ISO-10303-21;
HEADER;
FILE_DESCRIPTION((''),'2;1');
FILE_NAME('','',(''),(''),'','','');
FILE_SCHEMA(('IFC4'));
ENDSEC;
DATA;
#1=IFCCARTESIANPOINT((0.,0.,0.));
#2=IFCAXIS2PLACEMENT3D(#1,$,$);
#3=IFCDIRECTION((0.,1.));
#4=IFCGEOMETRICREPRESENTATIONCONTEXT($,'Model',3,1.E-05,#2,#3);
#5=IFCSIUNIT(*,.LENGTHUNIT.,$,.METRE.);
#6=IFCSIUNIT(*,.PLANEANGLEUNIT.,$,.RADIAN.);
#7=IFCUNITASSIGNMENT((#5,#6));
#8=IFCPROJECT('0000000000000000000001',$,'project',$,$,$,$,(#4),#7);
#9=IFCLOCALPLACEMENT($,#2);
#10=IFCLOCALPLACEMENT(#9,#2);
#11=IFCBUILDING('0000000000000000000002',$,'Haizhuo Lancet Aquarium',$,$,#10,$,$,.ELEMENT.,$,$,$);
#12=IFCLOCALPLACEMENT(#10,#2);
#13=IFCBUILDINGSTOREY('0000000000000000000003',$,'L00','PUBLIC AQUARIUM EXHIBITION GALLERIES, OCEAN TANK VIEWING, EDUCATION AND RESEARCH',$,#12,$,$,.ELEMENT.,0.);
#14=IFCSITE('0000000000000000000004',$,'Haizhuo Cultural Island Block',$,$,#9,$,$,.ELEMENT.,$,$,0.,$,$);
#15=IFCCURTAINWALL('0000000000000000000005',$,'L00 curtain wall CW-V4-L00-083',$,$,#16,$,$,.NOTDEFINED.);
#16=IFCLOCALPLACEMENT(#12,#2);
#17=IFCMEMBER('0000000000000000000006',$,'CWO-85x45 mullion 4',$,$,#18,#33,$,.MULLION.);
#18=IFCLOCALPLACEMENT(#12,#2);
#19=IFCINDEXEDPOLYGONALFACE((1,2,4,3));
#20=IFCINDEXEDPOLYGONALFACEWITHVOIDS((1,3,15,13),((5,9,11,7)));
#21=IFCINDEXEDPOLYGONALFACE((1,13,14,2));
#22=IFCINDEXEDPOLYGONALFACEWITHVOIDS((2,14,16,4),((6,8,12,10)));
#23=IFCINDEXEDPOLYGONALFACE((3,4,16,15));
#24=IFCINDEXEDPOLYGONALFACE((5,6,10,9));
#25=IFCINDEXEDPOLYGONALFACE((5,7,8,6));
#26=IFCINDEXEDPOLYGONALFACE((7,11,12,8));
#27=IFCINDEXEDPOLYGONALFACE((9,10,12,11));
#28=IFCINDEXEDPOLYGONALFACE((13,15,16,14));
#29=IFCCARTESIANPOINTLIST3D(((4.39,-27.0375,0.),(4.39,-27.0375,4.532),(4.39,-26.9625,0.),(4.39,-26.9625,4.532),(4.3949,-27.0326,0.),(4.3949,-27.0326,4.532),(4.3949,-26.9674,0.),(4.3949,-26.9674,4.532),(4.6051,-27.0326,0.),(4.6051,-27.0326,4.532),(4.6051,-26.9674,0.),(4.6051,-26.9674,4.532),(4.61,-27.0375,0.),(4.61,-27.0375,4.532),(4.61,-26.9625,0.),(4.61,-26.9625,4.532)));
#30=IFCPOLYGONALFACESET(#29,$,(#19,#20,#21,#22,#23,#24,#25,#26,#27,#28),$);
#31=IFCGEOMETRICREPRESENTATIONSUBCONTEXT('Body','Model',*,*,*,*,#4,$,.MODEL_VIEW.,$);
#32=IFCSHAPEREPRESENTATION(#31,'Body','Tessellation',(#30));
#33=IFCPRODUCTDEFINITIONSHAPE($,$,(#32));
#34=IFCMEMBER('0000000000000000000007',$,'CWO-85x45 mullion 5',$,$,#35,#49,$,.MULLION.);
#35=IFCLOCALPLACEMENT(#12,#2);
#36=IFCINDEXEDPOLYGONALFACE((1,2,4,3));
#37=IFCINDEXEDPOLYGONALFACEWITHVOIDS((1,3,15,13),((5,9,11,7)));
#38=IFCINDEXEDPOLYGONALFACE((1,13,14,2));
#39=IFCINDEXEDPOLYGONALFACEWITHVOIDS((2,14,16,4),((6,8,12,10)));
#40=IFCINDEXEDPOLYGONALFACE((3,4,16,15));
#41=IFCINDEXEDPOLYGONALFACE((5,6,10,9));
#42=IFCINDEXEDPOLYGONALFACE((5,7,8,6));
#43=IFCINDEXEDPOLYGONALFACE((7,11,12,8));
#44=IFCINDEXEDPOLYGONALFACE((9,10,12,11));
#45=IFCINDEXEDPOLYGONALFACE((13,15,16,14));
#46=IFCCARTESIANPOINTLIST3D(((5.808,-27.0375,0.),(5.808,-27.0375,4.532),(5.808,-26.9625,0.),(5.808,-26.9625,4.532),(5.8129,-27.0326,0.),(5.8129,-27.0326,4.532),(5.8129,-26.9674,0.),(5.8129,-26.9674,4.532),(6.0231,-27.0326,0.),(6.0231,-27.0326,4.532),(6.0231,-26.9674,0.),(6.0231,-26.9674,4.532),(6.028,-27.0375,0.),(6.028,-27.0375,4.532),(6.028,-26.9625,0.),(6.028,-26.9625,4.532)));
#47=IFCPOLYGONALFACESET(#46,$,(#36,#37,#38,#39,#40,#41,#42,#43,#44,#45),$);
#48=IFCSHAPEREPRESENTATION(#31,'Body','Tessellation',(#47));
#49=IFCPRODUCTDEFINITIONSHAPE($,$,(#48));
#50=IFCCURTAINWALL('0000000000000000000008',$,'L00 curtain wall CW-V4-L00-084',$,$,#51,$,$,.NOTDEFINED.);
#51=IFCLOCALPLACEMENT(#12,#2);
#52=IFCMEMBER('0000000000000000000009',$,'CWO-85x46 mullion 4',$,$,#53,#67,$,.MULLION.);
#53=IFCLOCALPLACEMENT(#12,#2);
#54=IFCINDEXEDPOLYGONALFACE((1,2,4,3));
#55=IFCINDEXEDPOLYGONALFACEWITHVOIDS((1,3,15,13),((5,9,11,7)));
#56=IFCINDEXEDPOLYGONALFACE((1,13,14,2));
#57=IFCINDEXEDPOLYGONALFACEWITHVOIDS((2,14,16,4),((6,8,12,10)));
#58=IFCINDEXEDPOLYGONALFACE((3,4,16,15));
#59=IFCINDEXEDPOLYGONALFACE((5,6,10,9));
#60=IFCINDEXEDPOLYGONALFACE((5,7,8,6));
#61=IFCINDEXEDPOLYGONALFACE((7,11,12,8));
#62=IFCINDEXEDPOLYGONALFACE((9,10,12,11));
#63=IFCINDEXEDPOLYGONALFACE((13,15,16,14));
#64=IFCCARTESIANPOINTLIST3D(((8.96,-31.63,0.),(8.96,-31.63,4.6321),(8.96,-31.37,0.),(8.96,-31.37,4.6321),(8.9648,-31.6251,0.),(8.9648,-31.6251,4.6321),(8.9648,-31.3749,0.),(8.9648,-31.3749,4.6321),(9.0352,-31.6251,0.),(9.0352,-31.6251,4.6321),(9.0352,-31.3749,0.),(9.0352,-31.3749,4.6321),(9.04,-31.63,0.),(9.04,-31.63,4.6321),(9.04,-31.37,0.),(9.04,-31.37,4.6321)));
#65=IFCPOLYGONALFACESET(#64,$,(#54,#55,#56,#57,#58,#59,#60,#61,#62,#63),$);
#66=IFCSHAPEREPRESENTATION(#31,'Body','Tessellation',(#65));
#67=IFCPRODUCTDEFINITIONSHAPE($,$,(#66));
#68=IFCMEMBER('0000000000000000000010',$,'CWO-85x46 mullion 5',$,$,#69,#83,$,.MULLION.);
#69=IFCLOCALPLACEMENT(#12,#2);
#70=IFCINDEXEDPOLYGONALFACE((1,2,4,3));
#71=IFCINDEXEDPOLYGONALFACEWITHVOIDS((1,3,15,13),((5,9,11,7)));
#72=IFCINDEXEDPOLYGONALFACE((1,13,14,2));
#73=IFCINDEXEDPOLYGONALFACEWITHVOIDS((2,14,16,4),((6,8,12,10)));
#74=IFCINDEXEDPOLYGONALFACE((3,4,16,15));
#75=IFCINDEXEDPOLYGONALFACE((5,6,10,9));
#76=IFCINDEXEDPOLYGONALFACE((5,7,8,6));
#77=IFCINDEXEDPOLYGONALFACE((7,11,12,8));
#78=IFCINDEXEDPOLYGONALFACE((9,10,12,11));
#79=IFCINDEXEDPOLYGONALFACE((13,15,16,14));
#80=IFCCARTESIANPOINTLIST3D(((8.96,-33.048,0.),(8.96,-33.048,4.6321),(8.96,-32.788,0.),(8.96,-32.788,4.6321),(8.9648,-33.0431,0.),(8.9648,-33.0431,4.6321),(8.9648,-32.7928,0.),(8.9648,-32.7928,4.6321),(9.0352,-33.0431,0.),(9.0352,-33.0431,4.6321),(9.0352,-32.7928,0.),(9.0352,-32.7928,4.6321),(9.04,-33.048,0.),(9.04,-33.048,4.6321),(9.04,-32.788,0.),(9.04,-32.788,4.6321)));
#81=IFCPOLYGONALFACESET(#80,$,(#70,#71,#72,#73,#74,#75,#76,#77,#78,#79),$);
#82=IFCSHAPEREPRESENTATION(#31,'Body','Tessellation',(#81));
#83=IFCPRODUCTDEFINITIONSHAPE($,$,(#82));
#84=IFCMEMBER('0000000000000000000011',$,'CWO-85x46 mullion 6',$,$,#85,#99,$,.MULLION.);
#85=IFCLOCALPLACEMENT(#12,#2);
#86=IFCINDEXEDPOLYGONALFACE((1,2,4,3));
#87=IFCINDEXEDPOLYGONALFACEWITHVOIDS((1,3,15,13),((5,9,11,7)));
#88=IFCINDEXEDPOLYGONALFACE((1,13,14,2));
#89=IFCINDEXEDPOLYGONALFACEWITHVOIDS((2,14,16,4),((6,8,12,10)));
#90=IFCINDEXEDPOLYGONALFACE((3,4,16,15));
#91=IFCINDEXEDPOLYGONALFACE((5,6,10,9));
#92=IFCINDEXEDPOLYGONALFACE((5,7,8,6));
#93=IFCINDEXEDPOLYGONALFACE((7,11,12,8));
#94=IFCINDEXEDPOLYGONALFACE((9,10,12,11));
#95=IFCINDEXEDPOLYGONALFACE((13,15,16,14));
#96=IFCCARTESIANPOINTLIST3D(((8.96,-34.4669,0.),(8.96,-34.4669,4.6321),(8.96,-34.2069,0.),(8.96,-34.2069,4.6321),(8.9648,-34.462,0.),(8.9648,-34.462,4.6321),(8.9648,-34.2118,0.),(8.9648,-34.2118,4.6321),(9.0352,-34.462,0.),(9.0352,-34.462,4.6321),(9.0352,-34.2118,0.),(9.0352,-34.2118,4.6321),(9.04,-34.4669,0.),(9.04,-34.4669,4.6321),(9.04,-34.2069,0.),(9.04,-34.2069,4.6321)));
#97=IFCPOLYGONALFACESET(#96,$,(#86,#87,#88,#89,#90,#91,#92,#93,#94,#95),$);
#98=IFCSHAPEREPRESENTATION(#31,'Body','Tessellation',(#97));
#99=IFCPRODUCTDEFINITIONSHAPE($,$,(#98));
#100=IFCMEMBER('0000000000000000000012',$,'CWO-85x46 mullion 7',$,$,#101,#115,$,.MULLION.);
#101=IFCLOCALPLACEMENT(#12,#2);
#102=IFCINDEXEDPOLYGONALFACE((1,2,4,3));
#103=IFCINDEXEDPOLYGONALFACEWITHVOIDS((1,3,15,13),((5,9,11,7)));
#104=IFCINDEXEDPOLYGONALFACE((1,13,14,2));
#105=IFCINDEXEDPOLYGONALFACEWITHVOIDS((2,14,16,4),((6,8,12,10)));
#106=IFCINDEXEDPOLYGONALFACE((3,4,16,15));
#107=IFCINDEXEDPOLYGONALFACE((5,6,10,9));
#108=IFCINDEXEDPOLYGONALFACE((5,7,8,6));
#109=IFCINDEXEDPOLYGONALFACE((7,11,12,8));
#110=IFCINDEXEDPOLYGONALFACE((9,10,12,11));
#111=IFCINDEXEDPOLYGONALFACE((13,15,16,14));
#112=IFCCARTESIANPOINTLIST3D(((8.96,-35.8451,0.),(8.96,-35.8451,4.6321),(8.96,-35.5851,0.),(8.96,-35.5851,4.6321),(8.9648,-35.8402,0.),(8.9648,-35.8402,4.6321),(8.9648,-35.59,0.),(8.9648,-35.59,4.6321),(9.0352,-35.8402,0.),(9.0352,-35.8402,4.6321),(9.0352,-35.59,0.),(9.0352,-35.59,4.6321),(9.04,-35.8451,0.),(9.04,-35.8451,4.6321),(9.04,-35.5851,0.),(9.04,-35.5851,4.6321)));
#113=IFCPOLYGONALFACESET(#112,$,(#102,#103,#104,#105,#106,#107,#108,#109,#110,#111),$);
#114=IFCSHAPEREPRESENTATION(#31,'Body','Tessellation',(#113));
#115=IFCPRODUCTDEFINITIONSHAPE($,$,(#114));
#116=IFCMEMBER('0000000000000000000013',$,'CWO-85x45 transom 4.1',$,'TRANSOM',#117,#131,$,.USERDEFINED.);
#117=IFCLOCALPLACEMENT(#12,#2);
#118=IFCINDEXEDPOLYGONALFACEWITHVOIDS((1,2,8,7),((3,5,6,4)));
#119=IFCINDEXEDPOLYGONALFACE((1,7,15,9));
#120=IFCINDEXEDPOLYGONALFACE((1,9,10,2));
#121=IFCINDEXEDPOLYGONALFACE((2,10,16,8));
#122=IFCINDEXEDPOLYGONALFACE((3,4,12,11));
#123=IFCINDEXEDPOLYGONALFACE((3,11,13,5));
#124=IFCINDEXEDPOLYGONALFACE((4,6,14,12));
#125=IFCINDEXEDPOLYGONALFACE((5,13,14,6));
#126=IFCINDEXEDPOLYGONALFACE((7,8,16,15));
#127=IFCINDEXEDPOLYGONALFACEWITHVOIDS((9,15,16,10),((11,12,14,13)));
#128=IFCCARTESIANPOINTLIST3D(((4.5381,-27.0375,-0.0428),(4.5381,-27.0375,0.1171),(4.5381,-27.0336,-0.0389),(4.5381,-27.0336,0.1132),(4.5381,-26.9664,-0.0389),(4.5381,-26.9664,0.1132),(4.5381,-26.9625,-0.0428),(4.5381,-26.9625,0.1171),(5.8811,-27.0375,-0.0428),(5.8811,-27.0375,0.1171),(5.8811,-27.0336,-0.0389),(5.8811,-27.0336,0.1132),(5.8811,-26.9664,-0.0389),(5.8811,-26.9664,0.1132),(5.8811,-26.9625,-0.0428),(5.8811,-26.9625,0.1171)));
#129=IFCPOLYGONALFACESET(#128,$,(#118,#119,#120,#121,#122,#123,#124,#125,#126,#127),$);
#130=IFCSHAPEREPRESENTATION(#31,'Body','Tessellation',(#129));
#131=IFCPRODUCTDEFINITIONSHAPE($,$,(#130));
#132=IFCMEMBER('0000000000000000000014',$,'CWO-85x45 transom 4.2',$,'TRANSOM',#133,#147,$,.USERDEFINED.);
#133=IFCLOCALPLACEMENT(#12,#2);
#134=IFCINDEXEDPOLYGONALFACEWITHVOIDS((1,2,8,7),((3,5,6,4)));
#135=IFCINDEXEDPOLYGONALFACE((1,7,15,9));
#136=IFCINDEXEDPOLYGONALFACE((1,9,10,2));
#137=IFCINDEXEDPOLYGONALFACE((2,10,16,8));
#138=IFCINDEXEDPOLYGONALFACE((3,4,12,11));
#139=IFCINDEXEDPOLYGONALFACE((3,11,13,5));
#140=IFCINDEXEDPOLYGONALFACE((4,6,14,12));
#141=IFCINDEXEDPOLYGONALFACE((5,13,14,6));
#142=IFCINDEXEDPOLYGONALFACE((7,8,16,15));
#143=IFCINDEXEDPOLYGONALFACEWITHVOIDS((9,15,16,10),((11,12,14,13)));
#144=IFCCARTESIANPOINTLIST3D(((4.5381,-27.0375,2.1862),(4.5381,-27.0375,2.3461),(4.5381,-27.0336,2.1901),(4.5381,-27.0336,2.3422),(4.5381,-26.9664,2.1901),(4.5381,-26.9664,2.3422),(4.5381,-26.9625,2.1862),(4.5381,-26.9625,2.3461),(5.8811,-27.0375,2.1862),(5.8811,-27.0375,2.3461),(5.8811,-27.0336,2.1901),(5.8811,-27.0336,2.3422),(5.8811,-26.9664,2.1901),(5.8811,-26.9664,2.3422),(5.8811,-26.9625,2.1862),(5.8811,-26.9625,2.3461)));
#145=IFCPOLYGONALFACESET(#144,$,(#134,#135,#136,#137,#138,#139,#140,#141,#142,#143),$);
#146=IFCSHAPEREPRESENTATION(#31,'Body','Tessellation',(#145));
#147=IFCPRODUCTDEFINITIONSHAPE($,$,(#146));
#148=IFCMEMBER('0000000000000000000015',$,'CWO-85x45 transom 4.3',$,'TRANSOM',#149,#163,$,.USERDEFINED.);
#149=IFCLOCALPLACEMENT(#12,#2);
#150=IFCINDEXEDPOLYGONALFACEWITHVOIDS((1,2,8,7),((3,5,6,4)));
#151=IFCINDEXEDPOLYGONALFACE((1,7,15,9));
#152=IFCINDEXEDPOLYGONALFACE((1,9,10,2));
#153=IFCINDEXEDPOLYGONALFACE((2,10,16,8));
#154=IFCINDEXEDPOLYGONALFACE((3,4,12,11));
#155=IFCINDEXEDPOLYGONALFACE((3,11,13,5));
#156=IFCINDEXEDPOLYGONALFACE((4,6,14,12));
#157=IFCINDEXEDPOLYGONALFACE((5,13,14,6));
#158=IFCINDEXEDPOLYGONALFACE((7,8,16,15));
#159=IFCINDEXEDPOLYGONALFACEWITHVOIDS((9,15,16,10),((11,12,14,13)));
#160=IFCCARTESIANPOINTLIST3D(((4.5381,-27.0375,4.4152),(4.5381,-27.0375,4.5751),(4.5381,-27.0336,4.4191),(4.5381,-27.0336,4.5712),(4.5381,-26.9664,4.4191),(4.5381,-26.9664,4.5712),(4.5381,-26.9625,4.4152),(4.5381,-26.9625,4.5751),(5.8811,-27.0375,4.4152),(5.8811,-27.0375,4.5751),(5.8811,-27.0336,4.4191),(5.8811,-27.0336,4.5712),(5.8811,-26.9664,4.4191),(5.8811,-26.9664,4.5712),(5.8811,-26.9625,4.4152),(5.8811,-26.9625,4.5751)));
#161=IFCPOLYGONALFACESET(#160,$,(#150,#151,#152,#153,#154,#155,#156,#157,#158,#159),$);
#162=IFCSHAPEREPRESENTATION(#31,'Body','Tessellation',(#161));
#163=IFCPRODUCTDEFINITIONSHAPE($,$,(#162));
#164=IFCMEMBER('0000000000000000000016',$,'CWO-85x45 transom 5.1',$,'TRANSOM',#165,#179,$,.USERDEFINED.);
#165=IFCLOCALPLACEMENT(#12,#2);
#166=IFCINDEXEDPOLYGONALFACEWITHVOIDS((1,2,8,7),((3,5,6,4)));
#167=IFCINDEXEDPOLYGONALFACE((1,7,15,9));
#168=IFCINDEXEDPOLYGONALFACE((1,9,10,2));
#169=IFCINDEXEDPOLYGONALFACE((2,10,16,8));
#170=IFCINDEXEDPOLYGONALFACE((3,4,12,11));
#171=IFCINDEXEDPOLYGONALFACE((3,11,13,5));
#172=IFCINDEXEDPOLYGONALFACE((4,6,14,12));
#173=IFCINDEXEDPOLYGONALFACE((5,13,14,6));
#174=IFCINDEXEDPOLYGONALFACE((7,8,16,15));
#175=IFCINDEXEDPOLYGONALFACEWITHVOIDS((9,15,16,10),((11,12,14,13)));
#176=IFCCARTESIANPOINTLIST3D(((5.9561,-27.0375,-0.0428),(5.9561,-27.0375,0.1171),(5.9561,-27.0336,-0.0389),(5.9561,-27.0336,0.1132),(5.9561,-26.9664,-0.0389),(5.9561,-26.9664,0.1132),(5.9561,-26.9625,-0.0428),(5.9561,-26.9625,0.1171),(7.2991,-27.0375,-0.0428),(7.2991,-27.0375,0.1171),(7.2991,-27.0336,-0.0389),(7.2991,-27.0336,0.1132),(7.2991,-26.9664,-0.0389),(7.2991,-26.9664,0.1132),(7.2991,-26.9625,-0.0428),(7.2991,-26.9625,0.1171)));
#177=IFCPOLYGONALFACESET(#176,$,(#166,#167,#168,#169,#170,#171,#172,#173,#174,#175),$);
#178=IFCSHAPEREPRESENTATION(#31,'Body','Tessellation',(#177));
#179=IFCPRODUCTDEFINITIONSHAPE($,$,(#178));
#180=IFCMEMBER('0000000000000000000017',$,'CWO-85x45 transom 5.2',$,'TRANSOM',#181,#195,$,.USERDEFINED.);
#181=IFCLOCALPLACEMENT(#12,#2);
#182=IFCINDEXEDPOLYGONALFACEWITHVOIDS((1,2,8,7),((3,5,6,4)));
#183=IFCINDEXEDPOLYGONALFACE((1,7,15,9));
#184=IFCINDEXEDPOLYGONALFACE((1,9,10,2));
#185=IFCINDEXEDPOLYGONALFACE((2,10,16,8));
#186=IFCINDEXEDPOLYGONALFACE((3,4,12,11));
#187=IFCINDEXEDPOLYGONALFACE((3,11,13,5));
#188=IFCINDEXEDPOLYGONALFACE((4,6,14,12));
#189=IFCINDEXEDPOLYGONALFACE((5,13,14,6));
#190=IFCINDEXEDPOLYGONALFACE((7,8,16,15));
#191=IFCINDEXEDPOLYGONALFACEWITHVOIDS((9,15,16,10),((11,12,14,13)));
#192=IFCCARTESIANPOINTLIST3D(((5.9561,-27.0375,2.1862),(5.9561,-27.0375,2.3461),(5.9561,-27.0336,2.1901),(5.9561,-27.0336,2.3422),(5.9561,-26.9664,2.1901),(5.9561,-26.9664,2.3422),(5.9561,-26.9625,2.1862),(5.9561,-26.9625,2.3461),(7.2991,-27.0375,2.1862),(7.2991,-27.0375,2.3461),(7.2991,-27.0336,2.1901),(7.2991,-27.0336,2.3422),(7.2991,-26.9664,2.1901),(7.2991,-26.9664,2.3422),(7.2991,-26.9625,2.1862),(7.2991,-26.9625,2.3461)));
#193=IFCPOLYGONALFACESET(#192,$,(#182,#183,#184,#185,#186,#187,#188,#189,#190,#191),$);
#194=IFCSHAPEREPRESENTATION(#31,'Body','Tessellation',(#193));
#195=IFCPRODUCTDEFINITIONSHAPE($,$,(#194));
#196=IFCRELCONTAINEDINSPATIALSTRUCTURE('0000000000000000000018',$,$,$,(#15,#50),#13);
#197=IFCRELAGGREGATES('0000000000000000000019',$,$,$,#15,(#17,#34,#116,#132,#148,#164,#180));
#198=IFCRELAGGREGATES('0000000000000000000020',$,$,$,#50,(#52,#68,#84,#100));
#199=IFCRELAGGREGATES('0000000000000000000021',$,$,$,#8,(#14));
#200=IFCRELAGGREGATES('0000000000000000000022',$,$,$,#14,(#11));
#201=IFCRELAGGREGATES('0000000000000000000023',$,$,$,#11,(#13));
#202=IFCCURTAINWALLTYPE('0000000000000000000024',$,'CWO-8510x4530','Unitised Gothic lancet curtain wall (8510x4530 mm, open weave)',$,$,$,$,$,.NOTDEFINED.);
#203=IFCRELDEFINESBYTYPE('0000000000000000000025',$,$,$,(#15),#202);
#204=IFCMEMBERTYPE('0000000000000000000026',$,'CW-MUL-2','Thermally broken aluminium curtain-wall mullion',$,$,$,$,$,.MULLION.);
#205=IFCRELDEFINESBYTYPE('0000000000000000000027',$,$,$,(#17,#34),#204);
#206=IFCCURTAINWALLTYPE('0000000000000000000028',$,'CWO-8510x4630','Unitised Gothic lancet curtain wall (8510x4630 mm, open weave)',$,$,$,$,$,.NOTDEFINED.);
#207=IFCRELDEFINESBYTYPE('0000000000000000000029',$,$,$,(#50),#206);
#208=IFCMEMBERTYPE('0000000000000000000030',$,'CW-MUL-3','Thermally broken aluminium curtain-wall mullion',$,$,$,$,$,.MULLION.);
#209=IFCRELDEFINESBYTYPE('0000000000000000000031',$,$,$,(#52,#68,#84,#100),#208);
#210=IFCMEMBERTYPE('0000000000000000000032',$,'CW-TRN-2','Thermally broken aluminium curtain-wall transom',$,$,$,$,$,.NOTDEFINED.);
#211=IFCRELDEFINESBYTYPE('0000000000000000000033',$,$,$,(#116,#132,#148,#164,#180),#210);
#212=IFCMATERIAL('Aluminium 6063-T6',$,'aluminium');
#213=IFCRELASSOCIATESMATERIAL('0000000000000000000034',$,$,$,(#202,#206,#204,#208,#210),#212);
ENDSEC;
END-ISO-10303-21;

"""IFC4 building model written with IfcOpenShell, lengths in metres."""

from ifc_helpers import new_model, si_unit, direction, frame, origin, origin_2d, place, context, subcontext, project, spatial, hollow_rectangle, extrude, material, material_profile, profile_set, type_object, element, aggregate, save


model = new_model("IFC4")

# Units and contexts
model_context = context("Model", 3, precision=1e-05, world=origin(), true_north=direction((0.0, 1.0)))
body_context = subcontext(model_context, "Body", "Model", "MODEL_VIEW")
ifc_project = project(units=[si_unit("LENGTHUNIT", "METRE"), si_unit("PLANEANGLEUNIT", "RADIAN")], contexts=[model_context])

# Site, building, storey
site_placement = place(None, origin())
site = spatial("IfcSite", under=ifc_project, at=site_placement, Name="Haizhuo Cultural Island Block", CompositionType="ELEMENT", RefElevation=0.0)
building_placement = place(site_placement, origin())
building = spatial("IfcBuilding", under=site, at=building_placement, Name="Haizhuo Lancet Aquarium", CompositionType="ELEMENT")
storey_placement = place(building_placement, origin())
storey = spatial("IfcBuildingStorey", under=building, at=storey_placement, Name="L00", Description="PUBLIC AQUARIUM EXHIBITION GALLERIES, OCEAN TANK VIEWING, EDUCATION AND RESEARCH", CompositionType="ELEMENT", Elevation=0.0)

# Curtain walls, members
ifc_material_1 = material(Name="Aluminium 6063-T6", Category="aluminium")
curtain_wall_type_1 = type_object("IfcCurtainWallType", Name="CWO-8510x4530", Description="Unitised Gothic lancet curtain wall (8510x4530 mm, open weave)", PredefinedType="NOTDEFINED", material=ifc_material_1)
curtain_wall_1_placement = place(storey_placement, origin())
curtain_wall_1 = element("IfcCurtainWall", 1, at=curtain_wall_1_placement, inside=storey, type_object=curtain_wall_type_1, Name="L00 curtain wall CW-V4-L00-083", PredefinedType="NOTDEFINED")
ifc_material_profile_1 = material_profile(ifc_material_1, hollow_rectangle(XDim=0.075, YDim=0.22, WallThickness=0.0049, at=origin_2d()), Name="ALU-M 75x220x5")
ifc_profile_set_1 = profile_set([ifc_material_profile_1], Name="Aluminium 6063-T6")
member_type_1 = type_object("IfcMemberType", Name="CW-MUL-2", Description="Thermally broken aluminium curtain-wall mullion", PredefinedType="MULLION", material=ifc_profile_set_1)
member_1_placement = place(storey_placement, frame((4.5, -27.0, 0.0), z_axis=(0.0, 0.0, 1.0), x_axis=(0.0, 1.0, 0.0)))
member_1 = element("IfcMember", 2, at=member_1_placement, type_object=member_type_1, Name="CWO-85x45 mullion 4", PredefinedType="MULLION", context=body_context, shape_type="SweptSolid", body=[
    extrude(hollow_rectangle(XDim=0.075, YDim=0.22, WallThickness=0.0049, at=origin_2d()), origin(), (0.0, 0.0, 1.0), 4.532),
])
member_2_placement = place(storey_placement, frame((5.918, -27.0, 0.0), z_axis=(0.0, 0.0, 1.0), x_axis=(0.0, 1.0, 0.0)))
member_2 = element("IfcMember", 3, at=member_2_placement, type_object=member_type_1, Name="CWO-85x45 mullion 5", PredefinedType="MULLION", context=body_context, shape_type="SweptSolid", body=[
    extrude(hollow_rectangle(XDim=0.075, YDim=0.22, WallThickness=0.0049, at=origin_2d()), origin(), (0.0, 0.0, 1.0), 4.532),
])
curtain_wall_type_2 = type_object("IfcCurtainWallType", Name="CWO-8510x4630", Description="Unitised Gothic lancet curtain wall (8510x4630 mm, open weave)", PredefinedType="NOTDEFINED", material=ifc_material_1)
curtain_wall_2_placement = place(storey_placement, origin())
curtain_wall_2 = element("IfcCurtainWall", 4, at=curtain_wall_2_placement, inside=storey, type_object=curtain_wall_type_2, Name="L00 curtain wall CW-V4-L00-084", PredefinedType="NOTDEFINED")
ifc_material_profile_2 = material_profile(ifc_material_1, hollow_rectangle(XDim=0.0801, YDim=0.26, WallThickness=0.0049, at=origin_2d()), Name="ALU-M 80x260x5")
ifc_profile_set_2 = profile_set([ifc_material_profile_2], Name="Aluminium 6063-T6")
member_type_2 = type_object("IfcMemberType", Name="CW-MUL-3", Description="Thermally broken aluminium curtain-wall mullion", PredefinedType="MULLION", material=ifc_profile_set_2)
member_3_placement = place(storey_placement, frame((9.0, -31.5, 0.0), z_axis=(0.0, 0.0, 1.0), x_axis=(1.0, 0.0, 0.0)))
member_3 = element("IfcMember", 5, at=member_3_placement, type_object=member_type_2, Name="CWO-85x46 mullion 4", PredefinedType="MULLION", context=body_context, shape_type="SweptSolid", body=[
    extrude(hollow_rectangle(XDim=0.0801, YDim=0.26, WallThickness=0.0049, at=origin_2d()), origin(), (0.0, 0.0, 1.0), 4.6321),
])
member_4_placement = place(storey_placement, frame((9.0, -32.918, 0.0), z_axis=(0.0, 0.0, 1.0), x_axis=(1.0, 0.0, 0.0)))
member_4 = element("IfcMember", 6, at=member_4_placement, type_object=member_type_2, Name="CWO-85x46 mullion 5", PredefinedType="MULLION", context=body_context, shape_type="SweptSolid", body=[
    extrude(hollow_rectangle(XDim=0.0801, YDim=0.26, WallThickness=0.0049, at=origin_2d()), origin(), (0.0, 0.0, 1.0), 4.6321),
])
member_5_placement = place(storey_placement, frame((9.0, -34.3369, 0.0), z_axis=(0.0, 0.0, 1.0), x_axis=(1.0, 0.0, 0.0)))
member_5 = element("IfcMember", 7, at=member_5_placement, type_object=member_type_2, Name="CWO-85x46 mullion 6", PredefinedType="MULLION", context=body_context, shape_type="SweptSolid", body=[
    extrude(hollow_rectangle(XDim=0.0801, YDim=0.26, WallThickness=0.0049, at=origin_2d()), origin(), (0.0, 0.0, 1.0), 4.6321),
])
member_6_placement = place(storey_placement, frame((9.0, -35.7151, 0.0), z_axis=(0.0, 0.0, 1.0), x_axis=(1.0, 0.0, 0.0)))
member_6 = element("IfcMember", 8, at=member_6_placement, type_object=member_type_2, Name="CWO-85x46 mullion 7", PredefinedType="MULLION", context=body_context, shape_type="SweptSolid", body=[
    extrude(hollow_rectangle(XDim=0.0801, YDim=0.26, WallThickness=0.0049, at=origin_2d()), origin(), (0.0, 0.0, 1.0), 4.6321),
])

# Members
ifc_material_profile_3 = material_profile(ifc_material_1, hollow_rectangle(XDim=0.075, YDim=0.1599, WallThickness=0.0039, at=origin_2d()), Name="ALU-T 75x160x4")
ifc_profile_set_3 = profile_set([ifc_material_profile_3], Name="Aluminium 6063-T6")
member_type_3 = type_object("IfcMemberType", Name="CW-TRN-2", Description="Thermally broken aluminium curtain-wall transom", PredefinedType="NOTDEFINED", material=ifc_profile_set_3)
member_7_placement = place(storey_placement, frame((4.5381, -27.0, 0.0371), z_axis=(1.0, 0.0, 0.0), x_axis=(0.0, 1.0, 0.0)))
member_7 = element("IfcMember", 9, at=member_7_placement, type_object=member_type_3, Name="CWO-85x45 transom 4.1", ObjectType="TRANSOM", PredefinedType="USERDEFINED", context=body_context, shape_type="SweptSolid", body=[
    extrude(hollow_rectangle(XDim=0.075, YDim=0.1599, WallThickness=0.0039, at=origin_2d()), origin(), (0.0, 0.0, 1.0), 1.343),
])
member_8_placement = place(storey_placement, frame((4.5381, -27.0, 2.2661), z_axis=(1.0, 0.0, 0.0), x_axis=(0.0, 1.0, 0.0)))
member_8 = element("IfcMember", 10, at=member_8_placement, type_object=member_type_3, Name="CWO-85x45 transom 4.2", ObjectType="TRANSOM", PredefinedType="USERDEFINED", context=body_context, shape_type="SweptSolid", body=[
    extrude(hollow_rectangle(XDim=0.075, YDim=0.1599, WallThickness=0.0039, at=origin_2d()), origin(), (0.0, 0.0, 1.0), 1.343),
])
member_9_placement = place(storey_placement, frame((4.5381, -27.0, 4.4951), z_axis=(1.0, 0.0, 0.0), x_axis=(0.0, 1.0, 0.0)))
member_9 = element("IfcMember", 11, at=member_9_placement, type_object=member_type_3, Name="CWO-85x45 transom 4.3", ObjectType="TRANSOM", PredefinedType="USERDEFINED", context=body_context, shape_type="SweptSolid", body=[
    extrude(hollow_rectangle(XDim=0.075, YDim=0.1599, WallThickness=0.0039, at=origin_2d()), origin(), (0.0, 0.0, 1.0), 1.343),
])
member_10_placement = place(storey_placement, frame((5.9561, -27.0, 0.0371), z_axis=(1.0, 0.0, 0.0), x_axis=(0.0, 1.0, 0.0)))
member_10 = element("IfcMember", 12, at=member_10_placement, type_object=member_type_3, Name="CWO-85x45 transom 5.1", ObjectType="TRANSOM", PredefinedType="USERDEFINED", context=body_context, shape_type="SweptSolid", body=[
    extrude(hollow_rectangle(XDim=0.075, YDim=0.1599, WallThickness=0.0039, at=origin_2d()), origin(), (0.0, 0.0, 1.0), 1.343),
])
member_11_placement = place(storey_placement, frame((5.9561, -27.0, 2.2661), z_axis=(1.0, 0.0, 0.0), x_axis=(0.0, 1.0, 0.0)))
member_11 = element("IfcMember", 13, at=member_11_placement, type_object=member_type_3, Name="CWO-85x45 transom 5.2", ObjectType="TRANSOM", PredefinedType="USERDEFINED", context=body_context, shape_type="SweptSolid", body=[
    extrude(hollow_rectangle(XDim=0.075, YDim=0.1599, WallThickness=0.0039, at=origin_2d()), origin(), (0.0, 0.0, 1.0), 1.343),
])

aggregate(curtain_wall_1, [member_1, member_2, member_7, member_8, member_9, member_10, member_11])
aggregate(curtain_wall_2, [member_3, member_4, member_5, member_6])

save(model, "model.ifc")
